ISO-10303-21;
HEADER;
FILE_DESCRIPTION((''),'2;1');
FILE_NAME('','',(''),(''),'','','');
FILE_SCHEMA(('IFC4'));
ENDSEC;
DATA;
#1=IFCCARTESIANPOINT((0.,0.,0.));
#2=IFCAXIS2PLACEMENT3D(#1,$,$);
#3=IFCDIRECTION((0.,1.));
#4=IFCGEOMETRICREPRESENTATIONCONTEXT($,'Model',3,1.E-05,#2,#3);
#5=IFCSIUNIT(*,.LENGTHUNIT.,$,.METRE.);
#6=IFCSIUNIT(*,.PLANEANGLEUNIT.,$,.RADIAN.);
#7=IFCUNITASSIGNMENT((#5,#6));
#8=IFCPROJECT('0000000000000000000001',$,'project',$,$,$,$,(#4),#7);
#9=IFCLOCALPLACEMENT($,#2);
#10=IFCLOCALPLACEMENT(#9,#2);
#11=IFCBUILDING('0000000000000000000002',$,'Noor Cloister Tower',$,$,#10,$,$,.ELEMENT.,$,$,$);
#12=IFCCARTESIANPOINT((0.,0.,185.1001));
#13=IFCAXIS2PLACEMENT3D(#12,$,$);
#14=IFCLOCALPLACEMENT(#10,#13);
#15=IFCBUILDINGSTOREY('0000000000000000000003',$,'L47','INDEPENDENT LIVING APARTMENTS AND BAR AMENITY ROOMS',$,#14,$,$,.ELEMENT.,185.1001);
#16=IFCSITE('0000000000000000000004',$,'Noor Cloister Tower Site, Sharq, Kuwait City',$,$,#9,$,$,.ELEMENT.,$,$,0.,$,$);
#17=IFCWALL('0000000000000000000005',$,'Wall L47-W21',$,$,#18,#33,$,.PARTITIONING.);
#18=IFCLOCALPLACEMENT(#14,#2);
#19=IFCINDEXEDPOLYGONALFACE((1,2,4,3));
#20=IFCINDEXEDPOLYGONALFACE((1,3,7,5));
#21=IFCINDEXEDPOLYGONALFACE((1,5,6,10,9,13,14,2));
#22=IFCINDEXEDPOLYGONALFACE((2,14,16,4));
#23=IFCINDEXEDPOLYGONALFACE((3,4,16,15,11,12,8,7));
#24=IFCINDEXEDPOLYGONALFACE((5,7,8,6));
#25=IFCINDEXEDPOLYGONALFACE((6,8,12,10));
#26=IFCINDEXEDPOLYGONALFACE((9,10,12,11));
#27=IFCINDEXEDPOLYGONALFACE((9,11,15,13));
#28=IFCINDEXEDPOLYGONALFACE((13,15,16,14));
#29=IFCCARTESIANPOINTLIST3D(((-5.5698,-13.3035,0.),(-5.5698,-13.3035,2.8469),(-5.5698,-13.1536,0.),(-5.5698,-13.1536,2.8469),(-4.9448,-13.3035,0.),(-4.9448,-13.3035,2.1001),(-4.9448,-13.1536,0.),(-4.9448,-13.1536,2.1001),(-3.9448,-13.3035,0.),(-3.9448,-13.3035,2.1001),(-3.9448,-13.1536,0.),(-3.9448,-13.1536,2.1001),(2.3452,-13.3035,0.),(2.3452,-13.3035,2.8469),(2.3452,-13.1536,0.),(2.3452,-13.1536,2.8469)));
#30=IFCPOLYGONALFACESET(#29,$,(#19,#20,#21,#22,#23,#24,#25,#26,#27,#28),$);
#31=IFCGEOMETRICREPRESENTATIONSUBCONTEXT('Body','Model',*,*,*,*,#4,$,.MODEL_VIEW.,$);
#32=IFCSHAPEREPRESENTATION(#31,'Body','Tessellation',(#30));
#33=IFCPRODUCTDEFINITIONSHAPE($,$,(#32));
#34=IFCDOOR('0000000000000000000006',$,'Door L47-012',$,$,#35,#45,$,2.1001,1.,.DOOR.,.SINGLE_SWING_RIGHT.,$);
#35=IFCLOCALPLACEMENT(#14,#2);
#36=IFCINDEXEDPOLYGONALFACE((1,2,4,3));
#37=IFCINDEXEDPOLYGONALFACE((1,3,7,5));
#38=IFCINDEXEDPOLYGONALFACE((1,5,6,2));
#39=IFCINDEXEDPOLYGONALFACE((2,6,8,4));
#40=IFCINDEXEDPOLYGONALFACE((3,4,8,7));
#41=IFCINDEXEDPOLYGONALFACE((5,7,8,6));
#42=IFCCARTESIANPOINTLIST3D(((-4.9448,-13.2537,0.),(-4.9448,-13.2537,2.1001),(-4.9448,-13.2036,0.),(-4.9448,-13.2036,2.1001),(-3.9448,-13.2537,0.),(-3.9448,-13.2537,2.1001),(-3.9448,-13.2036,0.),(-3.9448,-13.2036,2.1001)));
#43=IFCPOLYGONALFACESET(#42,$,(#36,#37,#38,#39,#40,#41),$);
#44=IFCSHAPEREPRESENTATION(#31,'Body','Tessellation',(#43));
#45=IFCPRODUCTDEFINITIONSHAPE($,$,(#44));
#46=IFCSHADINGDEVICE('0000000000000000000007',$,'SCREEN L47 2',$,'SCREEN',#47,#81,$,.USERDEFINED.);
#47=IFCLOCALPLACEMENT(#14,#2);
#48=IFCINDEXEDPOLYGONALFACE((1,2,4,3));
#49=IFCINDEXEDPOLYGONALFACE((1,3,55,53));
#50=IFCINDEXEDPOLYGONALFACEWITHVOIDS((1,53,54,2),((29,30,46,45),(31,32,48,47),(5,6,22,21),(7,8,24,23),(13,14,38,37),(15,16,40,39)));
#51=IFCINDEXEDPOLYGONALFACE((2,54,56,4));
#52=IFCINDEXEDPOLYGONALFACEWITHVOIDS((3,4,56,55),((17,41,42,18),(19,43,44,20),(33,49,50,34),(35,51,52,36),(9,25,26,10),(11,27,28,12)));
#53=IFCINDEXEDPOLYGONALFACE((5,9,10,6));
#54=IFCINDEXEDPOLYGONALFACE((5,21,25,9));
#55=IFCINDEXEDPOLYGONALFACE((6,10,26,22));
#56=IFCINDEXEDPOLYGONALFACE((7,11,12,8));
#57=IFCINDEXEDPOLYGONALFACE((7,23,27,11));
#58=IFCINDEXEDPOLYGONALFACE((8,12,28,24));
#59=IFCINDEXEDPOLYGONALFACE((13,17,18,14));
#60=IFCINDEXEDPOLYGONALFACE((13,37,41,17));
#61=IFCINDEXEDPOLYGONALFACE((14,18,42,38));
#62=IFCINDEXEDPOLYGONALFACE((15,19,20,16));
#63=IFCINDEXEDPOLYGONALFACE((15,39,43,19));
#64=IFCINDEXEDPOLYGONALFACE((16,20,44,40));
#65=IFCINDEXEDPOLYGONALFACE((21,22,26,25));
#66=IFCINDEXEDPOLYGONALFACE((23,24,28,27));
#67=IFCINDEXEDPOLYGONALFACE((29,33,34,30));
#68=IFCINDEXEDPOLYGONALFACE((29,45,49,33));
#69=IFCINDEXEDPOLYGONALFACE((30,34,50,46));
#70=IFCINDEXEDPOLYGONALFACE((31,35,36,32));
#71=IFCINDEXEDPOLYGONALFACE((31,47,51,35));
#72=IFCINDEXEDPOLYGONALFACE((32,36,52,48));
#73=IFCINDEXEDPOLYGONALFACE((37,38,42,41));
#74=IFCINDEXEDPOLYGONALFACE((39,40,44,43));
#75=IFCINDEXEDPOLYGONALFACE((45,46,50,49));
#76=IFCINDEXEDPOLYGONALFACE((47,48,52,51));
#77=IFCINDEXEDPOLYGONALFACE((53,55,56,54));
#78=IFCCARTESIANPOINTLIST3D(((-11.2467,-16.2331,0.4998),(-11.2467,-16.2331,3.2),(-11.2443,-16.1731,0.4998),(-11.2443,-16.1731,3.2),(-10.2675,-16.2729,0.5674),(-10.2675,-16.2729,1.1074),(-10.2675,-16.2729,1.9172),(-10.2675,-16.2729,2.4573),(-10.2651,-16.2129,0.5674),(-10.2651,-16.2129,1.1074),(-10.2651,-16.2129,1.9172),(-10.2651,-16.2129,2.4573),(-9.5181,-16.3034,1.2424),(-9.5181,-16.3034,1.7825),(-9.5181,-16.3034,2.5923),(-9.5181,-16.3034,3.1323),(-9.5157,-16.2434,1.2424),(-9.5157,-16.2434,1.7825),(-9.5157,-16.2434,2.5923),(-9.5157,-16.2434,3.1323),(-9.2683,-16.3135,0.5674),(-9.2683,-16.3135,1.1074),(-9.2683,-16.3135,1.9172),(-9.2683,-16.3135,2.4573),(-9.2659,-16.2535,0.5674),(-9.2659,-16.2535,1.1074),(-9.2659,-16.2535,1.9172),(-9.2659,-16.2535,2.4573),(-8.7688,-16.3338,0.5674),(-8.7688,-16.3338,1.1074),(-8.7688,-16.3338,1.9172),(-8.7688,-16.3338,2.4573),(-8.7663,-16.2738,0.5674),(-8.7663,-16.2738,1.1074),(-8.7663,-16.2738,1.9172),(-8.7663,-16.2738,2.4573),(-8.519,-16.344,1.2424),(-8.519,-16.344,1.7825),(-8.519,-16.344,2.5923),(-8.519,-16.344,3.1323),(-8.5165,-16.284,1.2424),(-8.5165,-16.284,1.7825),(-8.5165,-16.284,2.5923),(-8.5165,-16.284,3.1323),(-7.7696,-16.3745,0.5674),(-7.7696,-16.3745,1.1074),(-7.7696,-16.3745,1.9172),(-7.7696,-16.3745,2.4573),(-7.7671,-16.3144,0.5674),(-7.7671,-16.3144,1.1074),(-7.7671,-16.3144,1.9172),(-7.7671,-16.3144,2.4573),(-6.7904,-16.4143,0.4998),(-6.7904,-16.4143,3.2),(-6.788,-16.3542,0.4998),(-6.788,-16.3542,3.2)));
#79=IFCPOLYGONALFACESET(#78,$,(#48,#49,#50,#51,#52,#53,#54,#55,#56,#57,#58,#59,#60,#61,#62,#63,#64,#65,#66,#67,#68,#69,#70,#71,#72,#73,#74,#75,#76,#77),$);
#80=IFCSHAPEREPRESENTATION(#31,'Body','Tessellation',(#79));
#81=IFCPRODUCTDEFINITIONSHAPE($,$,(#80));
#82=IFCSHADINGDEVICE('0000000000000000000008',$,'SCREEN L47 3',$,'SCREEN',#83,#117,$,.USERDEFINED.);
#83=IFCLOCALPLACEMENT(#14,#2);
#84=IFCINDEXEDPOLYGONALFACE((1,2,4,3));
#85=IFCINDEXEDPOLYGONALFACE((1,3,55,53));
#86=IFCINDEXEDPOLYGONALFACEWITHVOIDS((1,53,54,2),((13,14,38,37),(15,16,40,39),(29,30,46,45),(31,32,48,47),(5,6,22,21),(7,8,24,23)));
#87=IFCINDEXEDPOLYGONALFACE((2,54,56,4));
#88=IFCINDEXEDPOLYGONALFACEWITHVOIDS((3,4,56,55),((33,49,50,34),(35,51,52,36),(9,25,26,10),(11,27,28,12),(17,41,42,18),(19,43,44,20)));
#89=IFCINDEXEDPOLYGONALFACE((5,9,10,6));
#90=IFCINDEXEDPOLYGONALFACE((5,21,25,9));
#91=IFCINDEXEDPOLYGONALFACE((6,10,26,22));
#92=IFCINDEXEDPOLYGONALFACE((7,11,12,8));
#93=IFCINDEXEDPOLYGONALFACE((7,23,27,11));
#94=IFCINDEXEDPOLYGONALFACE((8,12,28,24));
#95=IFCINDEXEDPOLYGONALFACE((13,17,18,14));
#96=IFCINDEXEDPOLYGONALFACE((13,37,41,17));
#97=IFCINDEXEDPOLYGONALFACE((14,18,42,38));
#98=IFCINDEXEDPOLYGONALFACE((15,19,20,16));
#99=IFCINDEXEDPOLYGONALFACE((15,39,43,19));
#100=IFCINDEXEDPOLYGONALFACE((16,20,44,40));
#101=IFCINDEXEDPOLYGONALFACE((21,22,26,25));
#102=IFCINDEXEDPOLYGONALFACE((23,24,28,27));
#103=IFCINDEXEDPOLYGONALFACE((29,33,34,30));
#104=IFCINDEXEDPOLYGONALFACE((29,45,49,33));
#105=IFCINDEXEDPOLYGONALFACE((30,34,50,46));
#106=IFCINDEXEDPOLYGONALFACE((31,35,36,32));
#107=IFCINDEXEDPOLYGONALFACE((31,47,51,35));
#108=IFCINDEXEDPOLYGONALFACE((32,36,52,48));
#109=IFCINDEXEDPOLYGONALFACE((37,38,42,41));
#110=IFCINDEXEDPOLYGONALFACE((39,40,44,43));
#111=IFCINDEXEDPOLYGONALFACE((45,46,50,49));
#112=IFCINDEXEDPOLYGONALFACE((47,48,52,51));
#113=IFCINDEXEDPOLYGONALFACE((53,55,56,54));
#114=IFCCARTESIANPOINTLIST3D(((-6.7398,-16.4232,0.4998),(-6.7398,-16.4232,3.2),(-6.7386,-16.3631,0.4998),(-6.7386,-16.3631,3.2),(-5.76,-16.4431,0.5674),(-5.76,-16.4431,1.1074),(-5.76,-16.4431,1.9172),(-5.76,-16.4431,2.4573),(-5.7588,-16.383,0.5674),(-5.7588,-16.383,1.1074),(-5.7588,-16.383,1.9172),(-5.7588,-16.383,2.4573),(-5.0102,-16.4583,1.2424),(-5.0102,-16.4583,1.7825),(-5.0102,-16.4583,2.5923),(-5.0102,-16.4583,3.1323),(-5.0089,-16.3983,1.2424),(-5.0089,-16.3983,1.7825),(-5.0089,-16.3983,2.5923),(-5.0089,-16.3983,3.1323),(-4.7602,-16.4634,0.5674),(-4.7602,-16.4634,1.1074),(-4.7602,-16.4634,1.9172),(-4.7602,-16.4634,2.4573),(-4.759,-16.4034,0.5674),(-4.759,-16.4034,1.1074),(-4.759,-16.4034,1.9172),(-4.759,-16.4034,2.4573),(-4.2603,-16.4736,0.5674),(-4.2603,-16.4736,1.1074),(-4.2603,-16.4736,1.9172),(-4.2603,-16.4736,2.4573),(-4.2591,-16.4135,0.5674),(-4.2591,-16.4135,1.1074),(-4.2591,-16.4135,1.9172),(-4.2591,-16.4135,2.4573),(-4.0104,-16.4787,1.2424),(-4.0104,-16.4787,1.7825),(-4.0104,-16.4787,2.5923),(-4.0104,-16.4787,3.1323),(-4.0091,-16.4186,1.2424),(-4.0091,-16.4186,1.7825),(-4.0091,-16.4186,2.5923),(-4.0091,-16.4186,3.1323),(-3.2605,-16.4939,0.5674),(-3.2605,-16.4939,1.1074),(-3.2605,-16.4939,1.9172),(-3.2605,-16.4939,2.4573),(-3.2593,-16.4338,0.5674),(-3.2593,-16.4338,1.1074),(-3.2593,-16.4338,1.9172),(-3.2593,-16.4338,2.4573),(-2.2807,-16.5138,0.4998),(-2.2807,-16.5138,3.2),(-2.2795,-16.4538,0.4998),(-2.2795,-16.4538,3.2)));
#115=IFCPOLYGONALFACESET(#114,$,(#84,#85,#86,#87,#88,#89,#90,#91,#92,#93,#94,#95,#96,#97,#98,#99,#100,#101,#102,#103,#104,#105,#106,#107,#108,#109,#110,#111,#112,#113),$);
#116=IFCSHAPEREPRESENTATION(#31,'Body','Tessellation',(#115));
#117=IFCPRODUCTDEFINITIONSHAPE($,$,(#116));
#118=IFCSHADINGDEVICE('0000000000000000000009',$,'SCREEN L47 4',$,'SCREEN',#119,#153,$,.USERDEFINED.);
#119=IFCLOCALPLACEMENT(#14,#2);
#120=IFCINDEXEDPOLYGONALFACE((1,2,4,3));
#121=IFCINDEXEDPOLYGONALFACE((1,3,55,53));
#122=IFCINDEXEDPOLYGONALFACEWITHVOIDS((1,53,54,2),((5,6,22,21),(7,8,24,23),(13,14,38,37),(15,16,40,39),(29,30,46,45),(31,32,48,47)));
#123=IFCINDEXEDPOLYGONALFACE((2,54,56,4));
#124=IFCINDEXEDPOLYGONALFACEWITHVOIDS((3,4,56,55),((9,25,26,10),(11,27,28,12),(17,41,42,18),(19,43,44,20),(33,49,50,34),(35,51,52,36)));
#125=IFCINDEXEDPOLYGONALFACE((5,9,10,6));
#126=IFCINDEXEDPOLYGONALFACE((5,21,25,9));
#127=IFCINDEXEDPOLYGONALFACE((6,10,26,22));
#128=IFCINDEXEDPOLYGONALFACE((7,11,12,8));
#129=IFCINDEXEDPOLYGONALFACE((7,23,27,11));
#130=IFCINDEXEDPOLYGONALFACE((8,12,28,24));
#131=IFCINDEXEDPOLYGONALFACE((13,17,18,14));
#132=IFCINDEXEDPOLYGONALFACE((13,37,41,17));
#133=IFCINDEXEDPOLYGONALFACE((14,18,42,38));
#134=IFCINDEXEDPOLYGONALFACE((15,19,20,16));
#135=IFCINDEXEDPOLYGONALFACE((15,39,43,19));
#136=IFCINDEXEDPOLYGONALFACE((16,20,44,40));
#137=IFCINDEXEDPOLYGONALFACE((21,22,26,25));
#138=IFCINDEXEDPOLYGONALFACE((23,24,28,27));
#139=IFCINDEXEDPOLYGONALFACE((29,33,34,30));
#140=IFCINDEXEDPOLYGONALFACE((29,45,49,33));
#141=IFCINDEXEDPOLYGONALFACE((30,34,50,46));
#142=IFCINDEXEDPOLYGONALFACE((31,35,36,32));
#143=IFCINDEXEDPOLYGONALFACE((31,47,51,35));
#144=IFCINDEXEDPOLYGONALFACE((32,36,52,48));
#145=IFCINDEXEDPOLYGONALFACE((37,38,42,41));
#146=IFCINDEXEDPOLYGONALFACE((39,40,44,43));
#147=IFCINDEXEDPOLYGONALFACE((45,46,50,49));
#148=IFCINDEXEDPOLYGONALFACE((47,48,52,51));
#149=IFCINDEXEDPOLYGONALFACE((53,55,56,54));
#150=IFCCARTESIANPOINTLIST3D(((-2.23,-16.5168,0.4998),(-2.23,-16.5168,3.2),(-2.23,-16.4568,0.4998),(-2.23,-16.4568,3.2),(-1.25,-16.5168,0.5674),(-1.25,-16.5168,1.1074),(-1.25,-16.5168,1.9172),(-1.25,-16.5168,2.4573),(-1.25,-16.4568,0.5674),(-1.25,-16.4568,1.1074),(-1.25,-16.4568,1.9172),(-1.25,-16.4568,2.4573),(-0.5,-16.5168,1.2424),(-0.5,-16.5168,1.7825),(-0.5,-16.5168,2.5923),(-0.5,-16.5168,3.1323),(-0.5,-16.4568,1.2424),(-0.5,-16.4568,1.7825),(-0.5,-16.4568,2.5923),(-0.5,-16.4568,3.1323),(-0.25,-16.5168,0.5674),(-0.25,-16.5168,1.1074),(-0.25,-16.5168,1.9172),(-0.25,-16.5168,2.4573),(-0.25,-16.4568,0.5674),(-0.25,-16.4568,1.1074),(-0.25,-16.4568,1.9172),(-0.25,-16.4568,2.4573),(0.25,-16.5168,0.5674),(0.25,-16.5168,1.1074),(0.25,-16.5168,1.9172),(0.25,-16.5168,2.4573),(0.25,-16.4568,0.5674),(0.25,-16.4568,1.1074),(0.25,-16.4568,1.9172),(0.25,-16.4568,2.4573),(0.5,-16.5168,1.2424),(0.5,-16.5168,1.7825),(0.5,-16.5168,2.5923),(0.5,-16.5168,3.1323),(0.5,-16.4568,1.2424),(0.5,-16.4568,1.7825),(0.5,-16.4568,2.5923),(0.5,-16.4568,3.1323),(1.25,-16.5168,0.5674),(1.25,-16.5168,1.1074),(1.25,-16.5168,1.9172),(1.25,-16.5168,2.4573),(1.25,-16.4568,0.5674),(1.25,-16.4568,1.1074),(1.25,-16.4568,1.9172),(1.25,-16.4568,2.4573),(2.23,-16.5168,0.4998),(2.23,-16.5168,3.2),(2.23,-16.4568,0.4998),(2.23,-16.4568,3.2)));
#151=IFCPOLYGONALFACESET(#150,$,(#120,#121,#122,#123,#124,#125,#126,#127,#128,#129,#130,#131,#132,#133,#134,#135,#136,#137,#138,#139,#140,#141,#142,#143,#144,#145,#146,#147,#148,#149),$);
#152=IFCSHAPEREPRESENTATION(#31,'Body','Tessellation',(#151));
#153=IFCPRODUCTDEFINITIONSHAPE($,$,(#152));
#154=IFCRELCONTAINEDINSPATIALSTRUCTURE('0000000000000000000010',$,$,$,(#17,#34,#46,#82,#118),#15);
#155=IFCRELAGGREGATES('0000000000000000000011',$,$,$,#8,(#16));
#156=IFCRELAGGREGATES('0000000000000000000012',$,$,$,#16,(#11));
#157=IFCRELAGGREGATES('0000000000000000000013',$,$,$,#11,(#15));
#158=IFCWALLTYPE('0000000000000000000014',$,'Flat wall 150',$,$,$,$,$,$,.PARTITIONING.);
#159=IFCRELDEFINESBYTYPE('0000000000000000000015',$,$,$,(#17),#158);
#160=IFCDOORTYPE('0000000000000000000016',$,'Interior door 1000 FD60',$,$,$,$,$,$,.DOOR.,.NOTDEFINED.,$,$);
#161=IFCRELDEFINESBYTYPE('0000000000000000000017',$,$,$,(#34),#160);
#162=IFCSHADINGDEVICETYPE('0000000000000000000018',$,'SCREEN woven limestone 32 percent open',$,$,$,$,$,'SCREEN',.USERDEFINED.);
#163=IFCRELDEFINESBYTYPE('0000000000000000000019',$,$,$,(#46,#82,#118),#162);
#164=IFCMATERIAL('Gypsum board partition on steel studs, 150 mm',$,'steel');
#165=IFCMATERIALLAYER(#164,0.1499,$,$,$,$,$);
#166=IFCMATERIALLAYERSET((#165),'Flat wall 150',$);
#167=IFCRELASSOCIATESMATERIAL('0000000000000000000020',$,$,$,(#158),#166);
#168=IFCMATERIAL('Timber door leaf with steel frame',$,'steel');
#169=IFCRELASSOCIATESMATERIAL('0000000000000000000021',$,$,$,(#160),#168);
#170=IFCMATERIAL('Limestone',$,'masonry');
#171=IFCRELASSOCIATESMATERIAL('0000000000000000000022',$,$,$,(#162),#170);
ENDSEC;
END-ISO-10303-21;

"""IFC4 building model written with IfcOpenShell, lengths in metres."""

from ifc_helpers import new_model, si_unit, direction, frame, frame_2d, origin, place, context, subcontext, project, spatial, polyline, rectangle, outline, extrude, material, layer, layer_set, material_profile, profile_set, type_object, element, fill, save


model = new_model("IFC4")

# Units and contexts
model_context = context("Model", 3, precision=1e-05, world=origin(), true_north=direction((0.0, 1.0)))
body_context = subcontext(model_context, "Body", "Model", "MODEL_VIEW")
ifc_project = project(units=[si_unit("LENGTHUNIT", "METRE"), si_unit("PLANEANGLEUNIT", "RADIAN")], contexts=[model_context])

# Site, building, storey
site_placement = place(None, origin())
site = spatial("IfcSite", under=ifc_project, at=site_placement, Name="Noor Cloister Tower Site, Sharq, Kuwait City", CompositionType="ELEMENT", RefElevation=0.0)
building_placement = place(site_placement, origin())
building = spatial("IfcBuilding", under=site, at=building_placement, Name="Noor Cloister Tower", CompositionType="ELEMENT")
storey_placement = place(building_placement, frame((0.0, 0.0, 185.1001)))
storey = spatial("IfcBuildingStorey", under=building, at=storey_placement, Name="L47", Description="INDEPENDENT LIVING APARTMENTS AND BAR AMENITY ROOMS", CompositionType="ELEMENT", Elevation=185.1001)

# Wall, opening, door
ifc_material_1 = material(Name="Gypsum board partition on steel studs, 150 mm", Category="steel")
ifc_layer_1 = layer(ifc_material_1, 0.1499)
ifc_layer_set_1 = layer_set([ifc_layer_1], Name="Flat wall 150")
wall_type = type_object("IfcWallType", Name="Flat wall 150", PredefinedType="PARTITIONING", material=ifc_layer_set_1)
wall_placement = place(storey_placement, frame((-5.5698, -13.2285, 0.0), z_axis=(0.0, 0.0, 1.0), x_axis=(1.0, 0.0, 0.0)))
wall = element("IfcWall", 1, at=wall_placement, inside=storey, type_object=wall_type, Name="Wall L47-W21", PredefinedType="PARTITIONING", context=body_context, shape_type="SweptSolid", body=[
    extrude(rectangle(XDim=7.915, YDim=0.1499, at=frame_2d((3.9575, 0.0))), origin(), (0.0, 0.0, 1.0), 2.8469),
])
opening_placement = place(wall_placement, frame((0.625, 0.0, 0.0)))
opening = element("IfcOpeningElement", 2, at=opening_placement, cuts=wall, PredefinedType="OPENING", context=body_context, shape_type="SweptSolid", body=[
    extrude(rectangle(XDim=1.0, YDim=2.1001, at=frame_2d((0.5, 1.05))), frame((0.0, 0.085, 0.0), z_axis=(0.0, -1.0, 0.0), x_axis=(1.0, 0.0, 0.0)), (0.0, 0.0, 1.0), 0.1699),
])
ifc_material_2 = material(Name="Timber door leaf with steel frame", Category="steel")
door_type = type_object("IfcDoorType", Name="Interior door 1000 FD60", OperationType="NOTDEFINED", PredefinedType="DOOR", material=ifc_material_2)
door_placement = place(opening_placement, origin())
door = element("IfcDoor", 3, at=door_placement, inside=storey, type_object=door_type, Name="Door L47-012", OperationType="SINGLE_SWING_RIGHT", OverallHeight=2.1001, OverallWidth=1.0, PredefinedType="DOOR", context=body_context, shape_type="SweptSolid", body=[
    extrude(rectangle(XDim=1.0, YDim=2.1001, at=frame_2d((0.5, 1.05))), frame((0.0, 0.0249, 0.0), z_axis=(0.0, -1.0, 0.0), x_axis=(1.0, 0.0, 0.0)), (0.0, 0.0, 1.0), 0.05),
])
fill(opening, door)

# Shading devices
ifc_material_3 = material(Name="Limestone", Category="masonry")
ifc_material_profile_1 = material_profile(ifc_material_3, outline(polyline([(-2.23, -1.3501), (2.23, -1.3501), (2.23, 1.3501), (-2.23, 1.3501), (-2.23, -1.3501)]), holes=[polyline([(-1.25, -1.2825), (-0.25, -1.2825), (-0.25, -0.7424), (-1.25, -0.7424), (-1.25, -1.2825)]), polyline([(0.25, -1.2825), (1.25, -1.2825), (1.25, -0.7424), (0.25, -0.7424), (0.25, -1.2825)]), polyline([(-0.5, -0.6074), (0.5, -0.6074), (0.5, -0.0674), (-0.5, -0.0674), (-0.5, -0.6074)]), polyline([(-1.25, 0.0674), (-0.25, 0.0674), (-0.25, 0.6074), (-1.25, 0.6074), (-1.25, 0.0674)]), polyline([(0.25, 0.0674), (1.25, 0.0674), (1.25, 0.6074), (0.25, 0.6074), (0.25, 0.0674)]), polyline([(-0.5, 0.7424), (0.5, 0.7424), (0.5, 1.2825), (-0.5, 1.2825), (-0.5, 0.7424)])]), Name="Woven screen 32 percent open")
ifc_profile_set_1 = profile_set([ifc_material_profile_1], Name="Limestone")
shading_device_type = type_object("IfcShadingDeviceType", Name="SCREEN woven limestone 32 percent open", ElementType="SCREEN", PredefinedType="USERDEFINED", material=ifc_profile_set_1)
for number, where, z_axis, x_axis, name in (
    (4, (-9.0161, -16.2637, 1.8499), (-0.040617, -0.999175, 0.0), (0.999175, -0.040617, 0.0), "SCREEN L47 2"),
    (5, (-4.509, -16.4084, 1.8499), (-0.020321, -0.999794, 0.0), (0.999794, -0.020321, 0.0), "SCREEN L47 3"),
    (6, (0.0, -16.4568, 1.8499), (0.0, -1.0, 0.0), (1.0, 0.0, 0.0), "SCREEN L47 4"),
):
    element("IfcShadingDevice", number, at=place(storey_placement, frame(where, z_axis=z_axis, x_axis=x_axis)), inside=storey, type_object=shading_device_type, Name=name, ObjectType="SCREEN", PredefinedType="USERDEFINED", context=body_context, shape_type="SweptSolid", body=[
        extrude(outline(polyline([(-2.23, -1.3501), (2.23, -1.3501), (2.23, 1.3501), (-2.23, 1.3501), (-2.23, -1.3501)]), holes=[polyline([(-1.25, -1.2825), (-0.25, -1.2825), (-0.25, -0.7424), (-1.25, -0.7424), (-1.25, -1.2825)]), polyline([(0.25, -1.2825), (1.25, -1.2825), (1.25, -0.7424), (0.25, -0.7424), (0.25, -1.2825)]), polyline([(-0.5, -0.6074), (0.5, -0.6074), (0.5, -0.0674), (-0.5, -0.0674), (-0.5, -0.6074)]), polyline([(-1.25, 0.0674), (-0.25, 0.0674), (-0.25, 0.6074), (-1.25, 0.6074), (-1.25, 0.0674)]), polyline([(0.25, 0.0674), (1.25, 0.0674), (1.25, 0.6074), (0.25, 0.6074), (0.25, 0.0674)]), polyline([(-0.5, 0.7424), (0.5, 0.7424), (0.5, 1.2825), (-0.5, 1.2825), (-0.5, 0.7424)])]), origin(), (0.0, 0.0, 1.0), 0.0601),
    ])

save(model, "model.ifc")
